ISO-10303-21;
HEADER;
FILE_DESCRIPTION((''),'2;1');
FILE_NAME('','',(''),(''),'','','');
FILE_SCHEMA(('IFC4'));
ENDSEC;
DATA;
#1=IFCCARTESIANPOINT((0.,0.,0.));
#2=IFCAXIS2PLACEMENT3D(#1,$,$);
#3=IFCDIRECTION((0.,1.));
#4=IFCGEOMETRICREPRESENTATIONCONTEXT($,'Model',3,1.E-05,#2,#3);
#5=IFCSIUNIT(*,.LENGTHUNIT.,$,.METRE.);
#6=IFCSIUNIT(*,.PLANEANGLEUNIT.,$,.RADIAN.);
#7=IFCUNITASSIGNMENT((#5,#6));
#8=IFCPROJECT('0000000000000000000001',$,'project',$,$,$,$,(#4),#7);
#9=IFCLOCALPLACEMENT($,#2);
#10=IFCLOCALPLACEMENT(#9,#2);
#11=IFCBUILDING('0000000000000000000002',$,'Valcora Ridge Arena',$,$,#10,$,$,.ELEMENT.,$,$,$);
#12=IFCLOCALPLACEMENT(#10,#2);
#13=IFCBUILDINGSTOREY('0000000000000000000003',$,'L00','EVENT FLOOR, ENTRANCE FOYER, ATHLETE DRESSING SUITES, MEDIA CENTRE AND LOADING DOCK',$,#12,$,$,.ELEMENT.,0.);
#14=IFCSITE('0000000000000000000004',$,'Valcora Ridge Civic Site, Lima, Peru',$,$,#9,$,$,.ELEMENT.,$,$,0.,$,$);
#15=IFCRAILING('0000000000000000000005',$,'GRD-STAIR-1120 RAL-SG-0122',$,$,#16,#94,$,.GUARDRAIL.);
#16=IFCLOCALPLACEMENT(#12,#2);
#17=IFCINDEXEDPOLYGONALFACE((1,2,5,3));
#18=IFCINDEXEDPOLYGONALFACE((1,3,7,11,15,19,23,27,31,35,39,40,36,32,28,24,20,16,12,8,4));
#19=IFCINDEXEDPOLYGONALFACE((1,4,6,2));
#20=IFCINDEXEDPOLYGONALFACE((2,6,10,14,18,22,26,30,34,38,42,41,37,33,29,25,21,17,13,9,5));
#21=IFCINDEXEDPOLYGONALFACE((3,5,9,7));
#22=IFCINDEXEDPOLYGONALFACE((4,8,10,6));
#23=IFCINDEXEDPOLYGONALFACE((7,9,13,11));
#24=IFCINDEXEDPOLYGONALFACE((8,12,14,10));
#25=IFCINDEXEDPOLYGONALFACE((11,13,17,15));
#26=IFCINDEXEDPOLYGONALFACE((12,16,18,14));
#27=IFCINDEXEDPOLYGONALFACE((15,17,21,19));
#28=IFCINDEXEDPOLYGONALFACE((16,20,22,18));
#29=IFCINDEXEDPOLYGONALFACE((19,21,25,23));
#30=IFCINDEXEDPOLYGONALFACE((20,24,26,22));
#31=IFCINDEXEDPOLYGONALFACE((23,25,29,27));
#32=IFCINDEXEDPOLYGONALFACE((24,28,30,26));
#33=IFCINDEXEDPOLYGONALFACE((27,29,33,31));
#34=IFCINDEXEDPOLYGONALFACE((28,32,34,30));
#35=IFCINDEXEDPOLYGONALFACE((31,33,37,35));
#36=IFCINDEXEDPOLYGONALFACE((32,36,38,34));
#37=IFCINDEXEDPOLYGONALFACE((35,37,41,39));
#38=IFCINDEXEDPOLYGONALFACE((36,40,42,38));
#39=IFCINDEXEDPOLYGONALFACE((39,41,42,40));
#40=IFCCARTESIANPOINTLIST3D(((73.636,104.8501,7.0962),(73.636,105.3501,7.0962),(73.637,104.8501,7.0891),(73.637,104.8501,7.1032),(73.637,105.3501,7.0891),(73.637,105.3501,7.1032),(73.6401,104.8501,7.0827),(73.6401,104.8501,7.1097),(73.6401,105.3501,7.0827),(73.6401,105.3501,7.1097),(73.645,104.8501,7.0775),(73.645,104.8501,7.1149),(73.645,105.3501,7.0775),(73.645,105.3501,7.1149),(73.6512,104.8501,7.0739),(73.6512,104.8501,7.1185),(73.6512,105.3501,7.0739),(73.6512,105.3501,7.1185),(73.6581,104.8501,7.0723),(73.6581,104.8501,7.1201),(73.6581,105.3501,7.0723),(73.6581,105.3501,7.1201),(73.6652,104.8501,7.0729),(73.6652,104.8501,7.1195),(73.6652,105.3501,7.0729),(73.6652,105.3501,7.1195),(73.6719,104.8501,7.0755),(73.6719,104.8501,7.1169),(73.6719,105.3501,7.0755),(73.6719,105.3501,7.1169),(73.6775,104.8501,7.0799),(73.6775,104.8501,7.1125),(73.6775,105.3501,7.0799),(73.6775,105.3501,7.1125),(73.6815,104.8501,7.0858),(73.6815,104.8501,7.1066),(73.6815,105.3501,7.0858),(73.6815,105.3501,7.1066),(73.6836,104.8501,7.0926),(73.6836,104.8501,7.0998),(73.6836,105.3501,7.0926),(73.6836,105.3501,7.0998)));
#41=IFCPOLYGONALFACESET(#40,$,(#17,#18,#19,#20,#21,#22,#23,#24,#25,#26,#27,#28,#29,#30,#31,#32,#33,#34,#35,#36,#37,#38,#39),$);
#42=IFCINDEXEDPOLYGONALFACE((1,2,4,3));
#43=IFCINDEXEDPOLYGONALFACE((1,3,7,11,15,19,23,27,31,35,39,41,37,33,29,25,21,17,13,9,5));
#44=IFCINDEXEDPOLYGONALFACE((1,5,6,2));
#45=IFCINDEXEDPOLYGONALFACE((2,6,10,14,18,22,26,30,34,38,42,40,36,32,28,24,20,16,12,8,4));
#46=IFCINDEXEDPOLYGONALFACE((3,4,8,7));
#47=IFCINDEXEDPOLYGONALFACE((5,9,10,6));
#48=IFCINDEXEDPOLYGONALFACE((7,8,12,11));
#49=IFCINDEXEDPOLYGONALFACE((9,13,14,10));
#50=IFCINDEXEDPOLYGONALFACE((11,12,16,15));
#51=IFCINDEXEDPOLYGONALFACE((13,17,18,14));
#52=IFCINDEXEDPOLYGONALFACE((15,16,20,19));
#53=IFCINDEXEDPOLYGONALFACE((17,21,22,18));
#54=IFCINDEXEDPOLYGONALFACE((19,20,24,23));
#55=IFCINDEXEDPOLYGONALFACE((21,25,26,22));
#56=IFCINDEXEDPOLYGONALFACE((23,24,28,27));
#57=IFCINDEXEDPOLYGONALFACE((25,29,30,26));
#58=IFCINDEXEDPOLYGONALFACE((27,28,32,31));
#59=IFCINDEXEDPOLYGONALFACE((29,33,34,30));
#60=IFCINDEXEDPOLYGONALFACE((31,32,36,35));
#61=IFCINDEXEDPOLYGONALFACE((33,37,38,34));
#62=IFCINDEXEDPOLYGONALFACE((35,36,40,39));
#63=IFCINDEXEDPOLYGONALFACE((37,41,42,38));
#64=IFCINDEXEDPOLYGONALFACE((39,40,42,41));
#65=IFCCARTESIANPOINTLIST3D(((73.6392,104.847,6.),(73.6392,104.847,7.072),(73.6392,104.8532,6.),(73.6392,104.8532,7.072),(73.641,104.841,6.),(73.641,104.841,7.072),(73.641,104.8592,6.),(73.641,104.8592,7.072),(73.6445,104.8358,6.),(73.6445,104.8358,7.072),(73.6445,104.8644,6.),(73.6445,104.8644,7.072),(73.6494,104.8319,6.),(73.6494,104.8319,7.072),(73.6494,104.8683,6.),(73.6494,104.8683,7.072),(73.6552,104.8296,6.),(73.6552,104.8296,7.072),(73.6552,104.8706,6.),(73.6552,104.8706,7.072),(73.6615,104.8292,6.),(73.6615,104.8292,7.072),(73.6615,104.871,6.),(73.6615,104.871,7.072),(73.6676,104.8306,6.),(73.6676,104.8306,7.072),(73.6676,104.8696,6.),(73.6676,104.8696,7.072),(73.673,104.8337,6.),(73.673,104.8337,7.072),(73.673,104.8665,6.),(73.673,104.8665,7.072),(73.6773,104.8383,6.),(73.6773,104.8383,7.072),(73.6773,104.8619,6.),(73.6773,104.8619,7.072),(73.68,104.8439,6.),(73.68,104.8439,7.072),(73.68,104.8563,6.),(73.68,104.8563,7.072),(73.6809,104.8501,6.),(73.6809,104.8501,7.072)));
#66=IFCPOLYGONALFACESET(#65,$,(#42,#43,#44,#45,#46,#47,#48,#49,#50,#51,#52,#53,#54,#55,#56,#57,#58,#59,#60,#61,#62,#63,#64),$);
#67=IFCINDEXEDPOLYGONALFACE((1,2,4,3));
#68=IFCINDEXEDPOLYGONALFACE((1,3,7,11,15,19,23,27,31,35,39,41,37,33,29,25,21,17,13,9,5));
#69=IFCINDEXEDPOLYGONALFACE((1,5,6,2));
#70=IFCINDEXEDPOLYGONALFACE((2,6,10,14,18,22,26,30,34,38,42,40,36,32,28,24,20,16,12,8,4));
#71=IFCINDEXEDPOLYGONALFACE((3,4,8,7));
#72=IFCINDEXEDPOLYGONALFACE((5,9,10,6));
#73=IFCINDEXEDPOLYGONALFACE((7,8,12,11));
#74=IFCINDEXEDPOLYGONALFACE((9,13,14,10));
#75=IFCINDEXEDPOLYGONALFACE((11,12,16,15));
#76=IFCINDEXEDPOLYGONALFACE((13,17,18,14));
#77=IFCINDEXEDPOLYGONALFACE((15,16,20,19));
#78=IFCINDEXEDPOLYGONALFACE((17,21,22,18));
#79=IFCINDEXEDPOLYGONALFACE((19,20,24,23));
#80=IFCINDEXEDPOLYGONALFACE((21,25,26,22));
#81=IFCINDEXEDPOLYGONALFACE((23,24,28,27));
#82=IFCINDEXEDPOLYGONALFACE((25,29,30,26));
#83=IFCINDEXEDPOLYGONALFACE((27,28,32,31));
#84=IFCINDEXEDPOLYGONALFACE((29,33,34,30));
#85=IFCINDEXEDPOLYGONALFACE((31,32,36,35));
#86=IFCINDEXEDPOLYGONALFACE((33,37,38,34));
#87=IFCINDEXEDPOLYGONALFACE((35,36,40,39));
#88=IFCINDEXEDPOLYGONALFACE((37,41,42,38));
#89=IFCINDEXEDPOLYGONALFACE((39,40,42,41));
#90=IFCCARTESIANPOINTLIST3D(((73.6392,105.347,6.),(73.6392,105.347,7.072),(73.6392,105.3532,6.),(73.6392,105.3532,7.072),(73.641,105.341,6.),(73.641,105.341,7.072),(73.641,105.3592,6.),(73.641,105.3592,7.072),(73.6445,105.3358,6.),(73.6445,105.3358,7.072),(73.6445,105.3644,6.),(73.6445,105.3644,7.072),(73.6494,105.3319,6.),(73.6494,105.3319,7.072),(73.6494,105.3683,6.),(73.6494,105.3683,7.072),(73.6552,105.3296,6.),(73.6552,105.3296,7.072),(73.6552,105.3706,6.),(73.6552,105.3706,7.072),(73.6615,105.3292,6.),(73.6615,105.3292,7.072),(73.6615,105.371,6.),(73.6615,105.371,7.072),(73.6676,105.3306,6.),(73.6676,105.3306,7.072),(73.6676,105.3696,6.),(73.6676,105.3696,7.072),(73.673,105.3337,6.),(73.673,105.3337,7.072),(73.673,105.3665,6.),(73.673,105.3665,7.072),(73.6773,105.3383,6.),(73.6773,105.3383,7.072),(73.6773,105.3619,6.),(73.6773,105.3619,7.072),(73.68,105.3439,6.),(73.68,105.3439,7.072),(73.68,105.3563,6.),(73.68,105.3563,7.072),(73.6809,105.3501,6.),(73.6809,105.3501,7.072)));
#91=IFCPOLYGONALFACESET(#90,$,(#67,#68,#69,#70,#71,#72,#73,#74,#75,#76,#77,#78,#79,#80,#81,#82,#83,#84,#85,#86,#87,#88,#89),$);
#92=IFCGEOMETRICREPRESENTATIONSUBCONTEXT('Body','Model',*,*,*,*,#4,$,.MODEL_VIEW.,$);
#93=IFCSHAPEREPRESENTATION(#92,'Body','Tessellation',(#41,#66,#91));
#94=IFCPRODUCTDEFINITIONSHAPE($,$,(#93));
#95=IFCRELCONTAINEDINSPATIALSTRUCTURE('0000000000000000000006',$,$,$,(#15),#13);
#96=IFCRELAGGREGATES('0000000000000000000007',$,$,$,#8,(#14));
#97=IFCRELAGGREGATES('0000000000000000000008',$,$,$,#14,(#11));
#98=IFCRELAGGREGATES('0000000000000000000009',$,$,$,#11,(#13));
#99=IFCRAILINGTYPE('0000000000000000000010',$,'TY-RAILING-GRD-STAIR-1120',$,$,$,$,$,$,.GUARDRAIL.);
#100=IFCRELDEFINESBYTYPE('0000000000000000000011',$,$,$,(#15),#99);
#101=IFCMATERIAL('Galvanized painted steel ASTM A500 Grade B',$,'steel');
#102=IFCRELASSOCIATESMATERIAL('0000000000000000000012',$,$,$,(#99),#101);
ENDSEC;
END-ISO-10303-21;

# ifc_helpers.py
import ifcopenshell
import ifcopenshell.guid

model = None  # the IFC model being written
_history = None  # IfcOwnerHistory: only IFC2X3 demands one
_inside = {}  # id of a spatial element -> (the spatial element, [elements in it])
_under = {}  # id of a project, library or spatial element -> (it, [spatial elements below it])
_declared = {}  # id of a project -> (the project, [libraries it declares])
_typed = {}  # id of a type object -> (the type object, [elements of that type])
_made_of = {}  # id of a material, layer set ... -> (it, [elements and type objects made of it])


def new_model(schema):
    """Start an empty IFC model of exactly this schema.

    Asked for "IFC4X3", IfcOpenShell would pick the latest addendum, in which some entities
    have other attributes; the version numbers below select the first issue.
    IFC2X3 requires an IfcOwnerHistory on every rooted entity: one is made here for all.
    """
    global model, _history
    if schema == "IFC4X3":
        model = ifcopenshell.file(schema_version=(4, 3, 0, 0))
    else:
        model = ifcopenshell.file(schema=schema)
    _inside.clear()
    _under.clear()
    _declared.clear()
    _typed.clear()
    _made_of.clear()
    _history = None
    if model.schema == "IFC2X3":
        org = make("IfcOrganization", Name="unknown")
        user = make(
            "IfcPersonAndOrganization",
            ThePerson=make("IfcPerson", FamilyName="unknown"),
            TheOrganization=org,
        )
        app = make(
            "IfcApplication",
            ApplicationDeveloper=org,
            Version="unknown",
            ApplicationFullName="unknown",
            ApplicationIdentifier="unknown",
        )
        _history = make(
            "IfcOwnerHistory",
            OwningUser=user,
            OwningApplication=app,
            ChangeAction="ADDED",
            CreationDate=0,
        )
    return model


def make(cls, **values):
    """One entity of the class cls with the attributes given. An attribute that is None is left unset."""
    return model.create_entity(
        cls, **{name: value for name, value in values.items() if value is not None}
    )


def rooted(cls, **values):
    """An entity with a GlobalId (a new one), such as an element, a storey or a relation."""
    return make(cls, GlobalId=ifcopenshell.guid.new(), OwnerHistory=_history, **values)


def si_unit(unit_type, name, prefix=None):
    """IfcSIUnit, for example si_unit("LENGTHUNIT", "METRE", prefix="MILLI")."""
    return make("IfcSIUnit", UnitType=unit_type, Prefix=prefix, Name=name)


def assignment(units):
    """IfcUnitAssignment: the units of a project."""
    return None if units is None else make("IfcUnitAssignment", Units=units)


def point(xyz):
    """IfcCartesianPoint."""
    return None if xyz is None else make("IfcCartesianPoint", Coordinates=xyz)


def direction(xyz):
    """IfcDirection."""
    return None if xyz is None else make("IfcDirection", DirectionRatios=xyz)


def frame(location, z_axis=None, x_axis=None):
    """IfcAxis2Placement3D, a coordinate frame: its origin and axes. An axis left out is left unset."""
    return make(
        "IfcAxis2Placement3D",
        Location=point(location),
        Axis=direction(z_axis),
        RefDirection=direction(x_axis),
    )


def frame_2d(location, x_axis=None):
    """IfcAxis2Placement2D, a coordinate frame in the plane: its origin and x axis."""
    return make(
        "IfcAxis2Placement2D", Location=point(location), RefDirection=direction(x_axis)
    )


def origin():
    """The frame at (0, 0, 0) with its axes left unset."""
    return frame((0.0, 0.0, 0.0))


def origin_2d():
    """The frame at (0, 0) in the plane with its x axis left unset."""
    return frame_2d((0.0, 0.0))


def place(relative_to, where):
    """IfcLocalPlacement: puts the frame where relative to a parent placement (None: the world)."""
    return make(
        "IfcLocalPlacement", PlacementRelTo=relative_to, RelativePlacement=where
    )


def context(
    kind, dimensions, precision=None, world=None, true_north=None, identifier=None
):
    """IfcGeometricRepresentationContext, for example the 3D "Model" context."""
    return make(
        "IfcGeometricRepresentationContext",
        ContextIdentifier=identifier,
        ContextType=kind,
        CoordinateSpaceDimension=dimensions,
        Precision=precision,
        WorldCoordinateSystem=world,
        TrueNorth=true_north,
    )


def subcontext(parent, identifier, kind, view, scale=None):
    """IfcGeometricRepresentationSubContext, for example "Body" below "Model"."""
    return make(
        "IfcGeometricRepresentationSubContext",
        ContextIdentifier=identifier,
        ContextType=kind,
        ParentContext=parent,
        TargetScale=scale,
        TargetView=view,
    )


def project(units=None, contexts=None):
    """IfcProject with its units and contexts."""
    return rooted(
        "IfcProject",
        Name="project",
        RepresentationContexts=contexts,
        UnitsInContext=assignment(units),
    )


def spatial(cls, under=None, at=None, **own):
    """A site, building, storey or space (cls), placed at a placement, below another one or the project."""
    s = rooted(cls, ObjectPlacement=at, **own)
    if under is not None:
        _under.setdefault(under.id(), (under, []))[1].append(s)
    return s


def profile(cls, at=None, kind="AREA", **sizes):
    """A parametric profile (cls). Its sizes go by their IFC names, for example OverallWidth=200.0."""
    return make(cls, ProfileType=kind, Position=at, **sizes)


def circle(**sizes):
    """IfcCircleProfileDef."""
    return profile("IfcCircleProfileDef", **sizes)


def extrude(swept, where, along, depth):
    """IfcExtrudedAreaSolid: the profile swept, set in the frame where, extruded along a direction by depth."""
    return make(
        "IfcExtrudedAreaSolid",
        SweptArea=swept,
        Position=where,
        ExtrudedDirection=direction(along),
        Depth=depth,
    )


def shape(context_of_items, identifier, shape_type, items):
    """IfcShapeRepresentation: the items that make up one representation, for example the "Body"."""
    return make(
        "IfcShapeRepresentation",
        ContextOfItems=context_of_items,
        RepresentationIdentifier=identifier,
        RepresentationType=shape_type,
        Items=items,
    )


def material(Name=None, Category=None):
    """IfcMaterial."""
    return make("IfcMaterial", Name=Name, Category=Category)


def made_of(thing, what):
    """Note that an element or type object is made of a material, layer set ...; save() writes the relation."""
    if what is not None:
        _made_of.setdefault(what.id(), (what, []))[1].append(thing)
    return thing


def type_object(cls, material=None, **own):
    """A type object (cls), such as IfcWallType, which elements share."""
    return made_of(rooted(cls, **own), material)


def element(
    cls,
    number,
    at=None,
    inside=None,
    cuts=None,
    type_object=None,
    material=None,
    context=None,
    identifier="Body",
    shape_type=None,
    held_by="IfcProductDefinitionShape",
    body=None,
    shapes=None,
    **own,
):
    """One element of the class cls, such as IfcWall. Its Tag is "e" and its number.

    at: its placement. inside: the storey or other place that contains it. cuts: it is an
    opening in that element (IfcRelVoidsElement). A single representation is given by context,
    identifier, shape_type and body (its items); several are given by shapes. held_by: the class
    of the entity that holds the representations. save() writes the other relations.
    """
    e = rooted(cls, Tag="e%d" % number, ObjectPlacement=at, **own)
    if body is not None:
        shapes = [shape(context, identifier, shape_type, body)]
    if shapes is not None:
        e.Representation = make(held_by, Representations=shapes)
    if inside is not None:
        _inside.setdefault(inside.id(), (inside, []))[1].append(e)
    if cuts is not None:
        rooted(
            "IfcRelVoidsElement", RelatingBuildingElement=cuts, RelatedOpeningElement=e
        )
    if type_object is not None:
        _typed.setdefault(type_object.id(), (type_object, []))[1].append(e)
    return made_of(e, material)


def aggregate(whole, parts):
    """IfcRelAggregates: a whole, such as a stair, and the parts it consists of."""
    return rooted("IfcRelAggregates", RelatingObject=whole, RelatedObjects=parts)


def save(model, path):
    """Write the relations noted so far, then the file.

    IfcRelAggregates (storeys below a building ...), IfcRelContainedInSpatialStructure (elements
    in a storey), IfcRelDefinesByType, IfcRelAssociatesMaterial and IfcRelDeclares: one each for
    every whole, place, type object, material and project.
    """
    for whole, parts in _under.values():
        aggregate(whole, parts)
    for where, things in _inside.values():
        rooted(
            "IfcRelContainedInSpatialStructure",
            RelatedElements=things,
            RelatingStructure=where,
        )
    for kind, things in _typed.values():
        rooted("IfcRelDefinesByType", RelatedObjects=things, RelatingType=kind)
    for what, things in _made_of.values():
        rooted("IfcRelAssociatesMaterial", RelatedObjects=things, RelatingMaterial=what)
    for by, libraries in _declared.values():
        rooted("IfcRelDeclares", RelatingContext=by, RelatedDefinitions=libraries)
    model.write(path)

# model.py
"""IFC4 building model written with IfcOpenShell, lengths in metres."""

from ifc_helpers import new_model, si_unit, direction, frame, origin, origin_2d, place, context, subcontext, project, spatial, circle, extrude, material, type_object, element, save


model = new_model("IFC4")

# Units and contexts
model_context = context("Model", 3, precision=1e-05, world=origin(), true_north=direction((0.0, 1.0)))
body_context = subcontext(model_context, "Body", "Model", "MODEL_VIEW")
ifc_project = project(units=[si_unit("LENGTHUNIT", "METRE"), si_unit("PLANEANGLEUNIT", "RADIAN")], contexts=[model_context])

# Site, building, storey
site_placement = place(None, origin())
site = spatial("IfcSite", under=ifc_project, at=site_placement, Name="Valcora Ridge Civic Site, Lima, Peru", CompositionType="ELEMENT", RefElevation=0.0)
building_placement = place(site_placement, origin())
building = spatial("IfcBuilding", under=site, at=building_placement, Name="Valcora Ridge Arena", CompositionType="ELEMENT")
storey_placement = place(building_placement, origin())
storey = spatial("IfcBuildingStorey", under=building, at=storey_placement, Name="L00", Description="EVENT FLOOR, ENTRANCE FOYER, ATHLETE DRESSING SUITES, MEDIA CENTRE AND LOADING DOCK", CompositionType="ELEMENT", Elevation=0.0)

# Railing
ifc_material_1 = material(Name="Galvanized painted steel ASTM A500 Grade B", Category="steel")
railing_type_1 = type_object("IfcRailingType", Name="TY-RAILING-GRD-STAIR-1120", PredefinedType="GUARDRAIL", material=ifc_material_1)
railing_1_placement = place(storey_placement, frame((73.6599, 104.8501, 6.0)))
element("IfcRailing", 1, at=railing_1_placement, inside=storey, type_object=railing_type_1, Name="GRD-STAIR-1120 RAL-SG-0122", PredefinedType="GUARDRAIL", context=body_context, shape_type="SweptSolid", body=[
    extrude(circle(Radius=0.0239, at=origin_2d()), frame((0.0, 0.0, 1.0962), z_axis=(0.0, 1.0, 0.0), x_axis=(-1.0, 0.0, 0.0)), (0.0, 0.0, 1.0), 0.5),
    extrude(circle(Radius=0.021, at=origin_2d()), origin(), (0.0, 0.0, 1.0), 1.072),
    extrude(circle(Radius=0.021, at=origin_2d()), frame((0.0, 0.5, 0.0)), (0.0, 0.0, 1.0), 1.072),
])

save(model, "model.ifc")
